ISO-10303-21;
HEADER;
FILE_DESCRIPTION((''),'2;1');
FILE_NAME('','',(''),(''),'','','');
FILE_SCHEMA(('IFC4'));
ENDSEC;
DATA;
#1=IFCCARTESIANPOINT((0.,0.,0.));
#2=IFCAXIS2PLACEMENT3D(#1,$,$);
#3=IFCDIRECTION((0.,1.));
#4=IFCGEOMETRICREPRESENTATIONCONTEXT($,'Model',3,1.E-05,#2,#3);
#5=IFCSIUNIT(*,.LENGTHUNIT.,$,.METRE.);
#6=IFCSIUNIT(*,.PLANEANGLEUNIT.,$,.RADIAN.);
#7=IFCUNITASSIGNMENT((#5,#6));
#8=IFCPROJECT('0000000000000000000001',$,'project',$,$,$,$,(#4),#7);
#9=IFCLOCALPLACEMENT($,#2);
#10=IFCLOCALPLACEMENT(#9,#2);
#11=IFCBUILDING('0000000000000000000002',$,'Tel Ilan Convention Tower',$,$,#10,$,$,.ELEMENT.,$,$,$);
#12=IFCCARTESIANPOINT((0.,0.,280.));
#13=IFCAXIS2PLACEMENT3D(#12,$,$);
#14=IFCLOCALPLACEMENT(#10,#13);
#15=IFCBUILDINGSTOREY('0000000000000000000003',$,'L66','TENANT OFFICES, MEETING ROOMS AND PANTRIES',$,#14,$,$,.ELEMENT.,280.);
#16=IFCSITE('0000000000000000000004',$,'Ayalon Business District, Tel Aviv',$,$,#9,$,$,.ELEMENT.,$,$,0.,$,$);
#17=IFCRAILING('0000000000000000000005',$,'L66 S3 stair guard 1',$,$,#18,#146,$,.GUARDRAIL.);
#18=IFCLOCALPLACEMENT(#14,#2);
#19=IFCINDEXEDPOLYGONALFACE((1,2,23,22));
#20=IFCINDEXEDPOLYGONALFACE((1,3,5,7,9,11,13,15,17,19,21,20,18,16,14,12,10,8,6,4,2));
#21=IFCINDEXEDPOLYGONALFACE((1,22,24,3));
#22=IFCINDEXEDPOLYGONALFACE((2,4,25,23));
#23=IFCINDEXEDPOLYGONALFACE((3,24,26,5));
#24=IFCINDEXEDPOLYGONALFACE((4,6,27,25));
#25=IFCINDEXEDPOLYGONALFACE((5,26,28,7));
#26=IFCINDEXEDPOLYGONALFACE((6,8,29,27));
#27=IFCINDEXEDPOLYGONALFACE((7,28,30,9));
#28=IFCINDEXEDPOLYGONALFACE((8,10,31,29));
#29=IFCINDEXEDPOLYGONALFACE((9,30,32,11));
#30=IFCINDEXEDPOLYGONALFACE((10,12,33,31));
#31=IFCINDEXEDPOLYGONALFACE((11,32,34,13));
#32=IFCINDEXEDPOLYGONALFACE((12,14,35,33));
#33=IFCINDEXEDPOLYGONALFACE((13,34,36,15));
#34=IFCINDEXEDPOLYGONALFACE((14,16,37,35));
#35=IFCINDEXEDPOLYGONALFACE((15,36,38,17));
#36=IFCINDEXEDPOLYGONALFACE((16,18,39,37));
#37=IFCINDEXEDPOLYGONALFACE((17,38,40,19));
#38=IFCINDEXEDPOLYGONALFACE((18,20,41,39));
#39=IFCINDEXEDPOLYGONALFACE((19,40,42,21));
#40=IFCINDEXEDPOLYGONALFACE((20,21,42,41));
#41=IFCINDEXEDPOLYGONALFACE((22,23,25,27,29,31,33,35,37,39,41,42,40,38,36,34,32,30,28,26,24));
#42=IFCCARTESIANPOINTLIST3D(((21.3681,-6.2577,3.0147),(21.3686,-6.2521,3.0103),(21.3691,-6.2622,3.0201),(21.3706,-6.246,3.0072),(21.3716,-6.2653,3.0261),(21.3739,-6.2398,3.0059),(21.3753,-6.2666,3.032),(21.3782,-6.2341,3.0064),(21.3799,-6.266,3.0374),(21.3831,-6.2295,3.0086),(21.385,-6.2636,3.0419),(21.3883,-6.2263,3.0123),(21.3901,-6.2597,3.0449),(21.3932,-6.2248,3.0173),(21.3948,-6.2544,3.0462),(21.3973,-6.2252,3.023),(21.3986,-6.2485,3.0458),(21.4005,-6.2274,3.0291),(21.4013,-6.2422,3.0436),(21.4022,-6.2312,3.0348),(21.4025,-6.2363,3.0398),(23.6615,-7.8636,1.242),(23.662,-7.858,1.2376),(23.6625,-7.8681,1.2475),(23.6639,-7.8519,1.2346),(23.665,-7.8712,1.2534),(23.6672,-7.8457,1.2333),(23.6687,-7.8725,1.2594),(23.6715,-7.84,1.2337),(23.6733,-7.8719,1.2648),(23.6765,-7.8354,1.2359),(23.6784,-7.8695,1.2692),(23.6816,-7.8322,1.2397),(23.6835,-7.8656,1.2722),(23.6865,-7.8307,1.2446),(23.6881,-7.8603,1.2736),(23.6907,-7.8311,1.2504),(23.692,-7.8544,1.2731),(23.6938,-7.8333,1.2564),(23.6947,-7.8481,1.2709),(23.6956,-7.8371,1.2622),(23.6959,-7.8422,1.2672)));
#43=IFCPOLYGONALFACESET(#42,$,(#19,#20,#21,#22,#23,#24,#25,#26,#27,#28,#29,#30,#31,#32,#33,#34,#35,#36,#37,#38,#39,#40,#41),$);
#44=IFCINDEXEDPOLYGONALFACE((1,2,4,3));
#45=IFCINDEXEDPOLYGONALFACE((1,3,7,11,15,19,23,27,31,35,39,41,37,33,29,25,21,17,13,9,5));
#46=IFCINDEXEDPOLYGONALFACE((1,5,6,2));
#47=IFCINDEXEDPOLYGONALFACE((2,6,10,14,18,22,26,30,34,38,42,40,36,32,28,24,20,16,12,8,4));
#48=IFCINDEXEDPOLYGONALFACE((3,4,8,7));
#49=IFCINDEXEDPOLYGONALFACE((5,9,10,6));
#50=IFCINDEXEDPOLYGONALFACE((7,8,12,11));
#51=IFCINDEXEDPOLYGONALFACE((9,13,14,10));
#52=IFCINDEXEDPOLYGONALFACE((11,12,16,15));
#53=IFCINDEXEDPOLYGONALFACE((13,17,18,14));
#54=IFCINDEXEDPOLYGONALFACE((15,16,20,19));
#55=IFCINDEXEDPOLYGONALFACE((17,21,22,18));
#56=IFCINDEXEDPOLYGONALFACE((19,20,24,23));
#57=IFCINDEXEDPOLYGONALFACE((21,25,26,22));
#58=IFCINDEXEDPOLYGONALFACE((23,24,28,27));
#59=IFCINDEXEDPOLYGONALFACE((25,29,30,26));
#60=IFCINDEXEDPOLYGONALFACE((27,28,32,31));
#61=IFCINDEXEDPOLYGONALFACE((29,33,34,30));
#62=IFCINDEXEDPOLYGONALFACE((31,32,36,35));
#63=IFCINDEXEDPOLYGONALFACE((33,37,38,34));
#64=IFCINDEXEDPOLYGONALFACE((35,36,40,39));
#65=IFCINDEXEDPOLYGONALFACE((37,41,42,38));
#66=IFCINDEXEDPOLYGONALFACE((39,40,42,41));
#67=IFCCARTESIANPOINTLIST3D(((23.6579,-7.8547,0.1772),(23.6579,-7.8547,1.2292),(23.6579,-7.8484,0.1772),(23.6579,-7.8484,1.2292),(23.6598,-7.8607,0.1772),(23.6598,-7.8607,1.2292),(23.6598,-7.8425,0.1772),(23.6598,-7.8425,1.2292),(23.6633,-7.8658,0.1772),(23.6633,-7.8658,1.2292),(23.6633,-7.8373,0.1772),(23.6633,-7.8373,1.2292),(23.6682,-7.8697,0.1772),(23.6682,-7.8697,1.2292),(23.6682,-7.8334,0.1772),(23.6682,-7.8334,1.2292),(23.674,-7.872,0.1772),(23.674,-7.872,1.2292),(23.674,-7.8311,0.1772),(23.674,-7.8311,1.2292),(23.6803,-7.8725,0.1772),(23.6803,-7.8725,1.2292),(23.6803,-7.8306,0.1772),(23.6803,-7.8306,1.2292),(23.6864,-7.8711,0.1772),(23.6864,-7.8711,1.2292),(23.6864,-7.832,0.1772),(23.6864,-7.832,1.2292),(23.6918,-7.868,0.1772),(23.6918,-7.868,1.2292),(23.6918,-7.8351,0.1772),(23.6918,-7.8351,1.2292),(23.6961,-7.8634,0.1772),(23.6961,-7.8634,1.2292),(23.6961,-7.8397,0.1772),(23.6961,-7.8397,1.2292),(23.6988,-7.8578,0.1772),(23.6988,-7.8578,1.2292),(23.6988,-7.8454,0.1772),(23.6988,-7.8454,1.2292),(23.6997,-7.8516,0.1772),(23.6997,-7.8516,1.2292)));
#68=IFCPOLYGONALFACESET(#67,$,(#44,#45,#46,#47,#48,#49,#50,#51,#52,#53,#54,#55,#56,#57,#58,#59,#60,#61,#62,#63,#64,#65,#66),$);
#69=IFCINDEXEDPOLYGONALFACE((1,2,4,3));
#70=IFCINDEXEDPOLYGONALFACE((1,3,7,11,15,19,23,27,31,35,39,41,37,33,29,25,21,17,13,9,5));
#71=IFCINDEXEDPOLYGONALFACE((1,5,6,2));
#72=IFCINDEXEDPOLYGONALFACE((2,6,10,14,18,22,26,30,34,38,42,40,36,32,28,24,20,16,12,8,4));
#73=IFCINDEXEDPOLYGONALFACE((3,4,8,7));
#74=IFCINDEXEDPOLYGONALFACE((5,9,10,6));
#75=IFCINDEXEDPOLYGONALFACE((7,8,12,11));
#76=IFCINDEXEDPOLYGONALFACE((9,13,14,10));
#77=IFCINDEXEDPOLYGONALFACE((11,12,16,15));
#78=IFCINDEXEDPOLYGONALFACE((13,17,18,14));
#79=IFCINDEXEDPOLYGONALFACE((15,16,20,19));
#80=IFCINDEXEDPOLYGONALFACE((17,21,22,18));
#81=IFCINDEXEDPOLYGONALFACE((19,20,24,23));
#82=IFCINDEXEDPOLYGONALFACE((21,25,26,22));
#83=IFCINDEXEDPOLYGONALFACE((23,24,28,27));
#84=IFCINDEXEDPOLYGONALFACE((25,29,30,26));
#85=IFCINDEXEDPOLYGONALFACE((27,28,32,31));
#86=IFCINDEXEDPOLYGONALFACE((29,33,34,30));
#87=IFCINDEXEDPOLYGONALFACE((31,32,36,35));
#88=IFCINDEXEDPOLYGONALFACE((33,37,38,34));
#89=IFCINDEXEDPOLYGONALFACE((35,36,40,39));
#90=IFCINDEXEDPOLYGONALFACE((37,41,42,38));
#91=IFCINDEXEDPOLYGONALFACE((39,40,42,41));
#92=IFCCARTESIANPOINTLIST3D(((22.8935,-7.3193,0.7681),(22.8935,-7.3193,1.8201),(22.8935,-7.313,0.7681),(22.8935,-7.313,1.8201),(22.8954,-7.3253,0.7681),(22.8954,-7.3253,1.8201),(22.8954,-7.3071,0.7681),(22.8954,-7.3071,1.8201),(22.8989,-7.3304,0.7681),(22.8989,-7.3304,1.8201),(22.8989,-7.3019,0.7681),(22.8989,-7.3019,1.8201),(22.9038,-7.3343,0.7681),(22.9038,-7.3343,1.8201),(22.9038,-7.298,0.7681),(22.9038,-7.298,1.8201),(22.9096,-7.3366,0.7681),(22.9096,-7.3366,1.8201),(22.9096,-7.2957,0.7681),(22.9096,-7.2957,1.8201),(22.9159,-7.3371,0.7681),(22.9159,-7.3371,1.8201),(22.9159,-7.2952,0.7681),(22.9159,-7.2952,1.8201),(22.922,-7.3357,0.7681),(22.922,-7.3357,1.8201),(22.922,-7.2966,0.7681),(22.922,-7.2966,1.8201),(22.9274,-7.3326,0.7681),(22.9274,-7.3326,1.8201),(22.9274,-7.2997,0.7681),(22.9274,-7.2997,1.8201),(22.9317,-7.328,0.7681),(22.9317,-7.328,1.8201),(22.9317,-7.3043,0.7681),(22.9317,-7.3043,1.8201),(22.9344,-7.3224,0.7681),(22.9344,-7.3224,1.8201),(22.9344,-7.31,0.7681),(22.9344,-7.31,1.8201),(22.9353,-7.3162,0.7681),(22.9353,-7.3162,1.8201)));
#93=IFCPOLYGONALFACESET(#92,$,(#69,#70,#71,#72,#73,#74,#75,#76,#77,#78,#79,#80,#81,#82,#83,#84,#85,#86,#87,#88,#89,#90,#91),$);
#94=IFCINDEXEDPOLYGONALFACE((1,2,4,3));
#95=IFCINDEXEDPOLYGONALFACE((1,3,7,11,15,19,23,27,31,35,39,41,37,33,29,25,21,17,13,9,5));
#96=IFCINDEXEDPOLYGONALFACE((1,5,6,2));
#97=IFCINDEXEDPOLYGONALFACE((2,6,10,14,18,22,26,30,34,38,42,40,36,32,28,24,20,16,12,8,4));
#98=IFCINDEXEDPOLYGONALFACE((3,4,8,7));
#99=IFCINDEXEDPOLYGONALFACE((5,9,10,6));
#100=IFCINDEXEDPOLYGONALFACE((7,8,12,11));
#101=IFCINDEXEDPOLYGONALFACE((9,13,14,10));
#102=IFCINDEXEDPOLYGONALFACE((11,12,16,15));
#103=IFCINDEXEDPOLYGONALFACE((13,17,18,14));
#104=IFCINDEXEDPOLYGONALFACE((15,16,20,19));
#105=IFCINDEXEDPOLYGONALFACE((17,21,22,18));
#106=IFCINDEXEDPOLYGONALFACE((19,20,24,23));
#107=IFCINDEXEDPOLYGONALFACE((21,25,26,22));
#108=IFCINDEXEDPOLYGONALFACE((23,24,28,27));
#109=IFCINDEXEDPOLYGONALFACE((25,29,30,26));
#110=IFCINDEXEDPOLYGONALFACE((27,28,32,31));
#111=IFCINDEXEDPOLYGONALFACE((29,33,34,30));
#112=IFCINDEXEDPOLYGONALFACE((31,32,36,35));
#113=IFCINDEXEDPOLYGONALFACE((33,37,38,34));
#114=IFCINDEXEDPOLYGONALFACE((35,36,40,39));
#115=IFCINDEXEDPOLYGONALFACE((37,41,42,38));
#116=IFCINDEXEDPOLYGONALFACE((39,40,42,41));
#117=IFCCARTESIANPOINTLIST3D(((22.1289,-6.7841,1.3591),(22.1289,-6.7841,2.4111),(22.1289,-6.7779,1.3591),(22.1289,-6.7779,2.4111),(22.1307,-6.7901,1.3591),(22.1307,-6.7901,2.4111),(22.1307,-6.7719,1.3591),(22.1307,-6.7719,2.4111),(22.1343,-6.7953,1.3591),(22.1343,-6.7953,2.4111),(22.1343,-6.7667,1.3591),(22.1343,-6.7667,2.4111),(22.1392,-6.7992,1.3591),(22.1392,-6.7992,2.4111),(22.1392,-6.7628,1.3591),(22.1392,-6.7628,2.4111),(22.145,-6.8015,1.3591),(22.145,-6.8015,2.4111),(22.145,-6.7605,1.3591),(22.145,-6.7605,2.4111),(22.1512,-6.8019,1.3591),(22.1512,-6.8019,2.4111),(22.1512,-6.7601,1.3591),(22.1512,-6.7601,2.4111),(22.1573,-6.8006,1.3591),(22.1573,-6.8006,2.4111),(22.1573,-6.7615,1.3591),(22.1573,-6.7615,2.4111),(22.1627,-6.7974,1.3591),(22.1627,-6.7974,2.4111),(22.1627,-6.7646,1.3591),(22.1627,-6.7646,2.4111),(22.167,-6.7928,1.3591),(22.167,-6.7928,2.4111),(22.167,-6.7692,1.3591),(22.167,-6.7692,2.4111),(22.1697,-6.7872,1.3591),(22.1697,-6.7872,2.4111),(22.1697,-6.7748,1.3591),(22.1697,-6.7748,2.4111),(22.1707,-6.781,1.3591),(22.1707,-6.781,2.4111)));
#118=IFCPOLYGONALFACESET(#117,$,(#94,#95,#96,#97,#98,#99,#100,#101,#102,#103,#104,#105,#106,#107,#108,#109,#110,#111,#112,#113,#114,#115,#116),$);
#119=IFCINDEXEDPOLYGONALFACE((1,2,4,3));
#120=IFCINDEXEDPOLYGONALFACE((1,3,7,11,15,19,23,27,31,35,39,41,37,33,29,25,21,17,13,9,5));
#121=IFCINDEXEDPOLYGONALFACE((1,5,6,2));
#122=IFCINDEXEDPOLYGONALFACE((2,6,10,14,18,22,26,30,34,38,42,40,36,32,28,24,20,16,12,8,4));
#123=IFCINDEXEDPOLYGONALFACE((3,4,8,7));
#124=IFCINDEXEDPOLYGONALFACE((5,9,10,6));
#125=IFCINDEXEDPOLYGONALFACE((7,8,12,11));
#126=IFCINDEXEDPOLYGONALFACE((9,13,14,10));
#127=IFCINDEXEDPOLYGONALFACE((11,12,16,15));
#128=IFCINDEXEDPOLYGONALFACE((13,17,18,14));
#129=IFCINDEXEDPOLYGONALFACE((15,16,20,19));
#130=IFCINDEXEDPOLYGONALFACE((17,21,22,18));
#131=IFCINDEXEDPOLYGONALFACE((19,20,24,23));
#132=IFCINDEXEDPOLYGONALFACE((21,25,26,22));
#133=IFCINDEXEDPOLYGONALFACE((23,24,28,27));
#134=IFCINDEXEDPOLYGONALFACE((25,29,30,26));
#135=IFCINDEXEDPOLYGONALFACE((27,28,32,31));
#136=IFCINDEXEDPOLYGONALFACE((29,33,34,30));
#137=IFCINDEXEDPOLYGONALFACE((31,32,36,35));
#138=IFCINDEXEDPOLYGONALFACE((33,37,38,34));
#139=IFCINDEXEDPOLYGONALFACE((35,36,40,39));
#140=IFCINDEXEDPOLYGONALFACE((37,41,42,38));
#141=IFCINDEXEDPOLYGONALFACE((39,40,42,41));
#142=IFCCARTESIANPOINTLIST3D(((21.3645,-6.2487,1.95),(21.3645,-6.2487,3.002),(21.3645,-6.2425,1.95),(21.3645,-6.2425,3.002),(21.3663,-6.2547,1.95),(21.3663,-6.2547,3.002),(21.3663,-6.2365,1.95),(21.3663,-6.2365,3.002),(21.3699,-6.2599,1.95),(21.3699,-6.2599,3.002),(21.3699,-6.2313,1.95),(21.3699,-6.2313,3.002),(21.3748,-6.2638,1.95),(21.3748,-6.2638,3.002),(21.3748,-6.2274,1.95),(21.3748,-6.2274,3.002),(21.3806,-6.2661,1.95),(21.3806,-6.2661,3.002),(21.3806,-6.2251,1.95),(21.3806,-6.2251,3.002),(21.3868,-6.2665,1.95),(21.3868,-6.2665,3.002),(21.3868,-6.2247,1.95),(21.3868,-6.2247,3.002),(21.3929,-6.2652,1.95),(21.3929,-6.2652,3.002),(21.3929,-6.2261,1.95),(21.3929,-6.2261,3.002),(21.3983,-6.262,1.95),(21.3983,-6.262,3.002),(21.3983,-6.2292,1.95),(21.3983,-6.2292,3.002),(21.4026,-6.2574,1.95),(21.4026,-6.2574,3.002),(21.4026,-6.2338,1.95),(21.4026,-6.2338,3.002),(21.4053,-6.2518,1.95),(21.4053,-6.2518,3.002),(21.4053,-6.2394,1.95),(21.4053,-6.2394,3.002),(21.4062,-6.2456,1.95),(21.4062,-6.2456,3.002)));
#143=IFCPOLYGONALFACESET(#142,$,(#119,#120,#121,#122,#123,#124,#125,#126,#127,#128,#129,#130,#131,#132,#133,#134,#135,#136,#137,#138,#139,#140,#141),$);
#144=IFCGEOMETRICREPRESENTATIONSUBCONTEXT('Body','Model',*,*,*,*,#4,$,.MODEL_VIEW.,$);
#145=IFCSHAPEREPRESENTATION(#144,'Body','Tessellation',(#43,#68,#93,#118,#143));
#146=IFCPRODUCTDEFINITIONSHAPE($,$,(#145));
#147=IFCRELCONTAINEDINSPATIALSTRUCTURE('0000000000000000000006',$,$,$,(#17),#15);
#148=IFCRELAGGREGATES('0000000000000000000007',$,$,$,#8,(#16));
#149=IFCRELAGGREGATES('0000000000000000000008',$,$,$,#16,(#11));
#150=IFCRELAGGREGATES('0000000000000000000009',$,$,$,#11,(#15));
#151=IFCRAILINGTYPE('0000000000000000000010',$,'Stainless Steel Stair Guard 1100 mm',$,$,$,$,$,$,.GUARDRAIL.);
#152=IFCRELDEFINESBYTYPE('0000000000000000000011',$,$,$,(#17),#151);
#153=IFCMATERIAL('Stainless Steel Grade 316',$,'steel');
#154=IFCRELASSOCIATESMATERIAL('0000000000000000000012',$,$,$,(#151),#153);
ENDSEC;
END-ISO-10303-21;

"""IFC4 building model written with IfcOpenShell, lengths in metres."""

from ifc_helpers import new_model, si_unit, direction, frame, origin, origin_2d, place, context, subcontext, project, spatial, circle, extrude, material, type_object, element, save


model = new_model("IFC4")

# Units and contexts
model_context = context("Model", 3, precision=1e-05, world=origin(), true_north=direction((0.0, 1.0)))
body_context = subcontext(model_context, "Body", "Model", "MODEL_VIEW")
ifc_project = project(units=[si_unit("LENGTHUNIT", "METRE"), si_unit("PLANEANGLEUNIT", "RADIAN")], contexts=[model_context])

# Site, building, storey
site_placement = place(None, origin())
site = spatial("IfcSite", under=ifc_project, at=site_placement, Name="Ayalon Business District, Tel Aviv", CompositionType="ELEMENT", RefElevation=0.0)
building_placement = place(site_placement, origin())
building = spatial("IfcBuilding", under=site, at=building_placement, Name="Tel Ilan Convention Tower", CompositionType="ELEMENT")
storey_placement = place(building_placement, frame((0.0, 0.0, 280.0)))
storey = spatial("IfcBuildingStorey", under=building, at=storey_placement, Name="L66", Description="TENANT OFFICES, MEETING ROOMS AND PANTRIES", CompositionType="ELEMENT", Elevation=280.0)

# Railing
ifc_material_1 = material(Name="Stainless Steel Grade 316", Category="steel")
railing_type_1 = type_object("IfcRailingType", Name="Stainless Steel Stair Guard 1100 mm", PredefinedType="GUARDRAIL", material=ifc_material_1)
railing_1_placement = place(storey_placement, frame((23.6787, -7.8516, 0.1772)))
element("IfcRailing", 1, at=railing_1_placement, inside=storey, type_object=railing_type_1, Name="L66 S3 stair guard 1", PredefinedType="GUARDRAIL", context=body_context, shape_type="SweptSolid", body=[
    extrude(circle(Radius=0.0239, at=origin_2d()), frame((0.0, 0.0, 1.0762), z_axis=(-0.692085, 0.484621, 0.53494), x_axis=(-0.573591, -0.819142, 0.0)), (0.0, 0.0, 1.0), 3.3137),
    extrude(circle(Radius=0.021, at=origin_2d()), origin(), (0.0, 0.0, 1.0), 1.052),
    extrude(circle(Radius=0.021, at=origin_2d()), frame((-0.7644, 0.5354, 0.5908)), (0.0, 0.0, 1.0), 1.052),
    extrude(circle(Radius=0.021, at=origin_2d()), frame((-1.5291, 1.0706, 1.1819)), (0.0, 0.0, 1.0), 1.052),
    extrude(circle(Radius=0.021, at=origin_2d()), frame((-2.2935, 1.606, 1.7727)), (0.0, 0.0, 1.0), 1.052),
])

save(model, "model.ifc")
